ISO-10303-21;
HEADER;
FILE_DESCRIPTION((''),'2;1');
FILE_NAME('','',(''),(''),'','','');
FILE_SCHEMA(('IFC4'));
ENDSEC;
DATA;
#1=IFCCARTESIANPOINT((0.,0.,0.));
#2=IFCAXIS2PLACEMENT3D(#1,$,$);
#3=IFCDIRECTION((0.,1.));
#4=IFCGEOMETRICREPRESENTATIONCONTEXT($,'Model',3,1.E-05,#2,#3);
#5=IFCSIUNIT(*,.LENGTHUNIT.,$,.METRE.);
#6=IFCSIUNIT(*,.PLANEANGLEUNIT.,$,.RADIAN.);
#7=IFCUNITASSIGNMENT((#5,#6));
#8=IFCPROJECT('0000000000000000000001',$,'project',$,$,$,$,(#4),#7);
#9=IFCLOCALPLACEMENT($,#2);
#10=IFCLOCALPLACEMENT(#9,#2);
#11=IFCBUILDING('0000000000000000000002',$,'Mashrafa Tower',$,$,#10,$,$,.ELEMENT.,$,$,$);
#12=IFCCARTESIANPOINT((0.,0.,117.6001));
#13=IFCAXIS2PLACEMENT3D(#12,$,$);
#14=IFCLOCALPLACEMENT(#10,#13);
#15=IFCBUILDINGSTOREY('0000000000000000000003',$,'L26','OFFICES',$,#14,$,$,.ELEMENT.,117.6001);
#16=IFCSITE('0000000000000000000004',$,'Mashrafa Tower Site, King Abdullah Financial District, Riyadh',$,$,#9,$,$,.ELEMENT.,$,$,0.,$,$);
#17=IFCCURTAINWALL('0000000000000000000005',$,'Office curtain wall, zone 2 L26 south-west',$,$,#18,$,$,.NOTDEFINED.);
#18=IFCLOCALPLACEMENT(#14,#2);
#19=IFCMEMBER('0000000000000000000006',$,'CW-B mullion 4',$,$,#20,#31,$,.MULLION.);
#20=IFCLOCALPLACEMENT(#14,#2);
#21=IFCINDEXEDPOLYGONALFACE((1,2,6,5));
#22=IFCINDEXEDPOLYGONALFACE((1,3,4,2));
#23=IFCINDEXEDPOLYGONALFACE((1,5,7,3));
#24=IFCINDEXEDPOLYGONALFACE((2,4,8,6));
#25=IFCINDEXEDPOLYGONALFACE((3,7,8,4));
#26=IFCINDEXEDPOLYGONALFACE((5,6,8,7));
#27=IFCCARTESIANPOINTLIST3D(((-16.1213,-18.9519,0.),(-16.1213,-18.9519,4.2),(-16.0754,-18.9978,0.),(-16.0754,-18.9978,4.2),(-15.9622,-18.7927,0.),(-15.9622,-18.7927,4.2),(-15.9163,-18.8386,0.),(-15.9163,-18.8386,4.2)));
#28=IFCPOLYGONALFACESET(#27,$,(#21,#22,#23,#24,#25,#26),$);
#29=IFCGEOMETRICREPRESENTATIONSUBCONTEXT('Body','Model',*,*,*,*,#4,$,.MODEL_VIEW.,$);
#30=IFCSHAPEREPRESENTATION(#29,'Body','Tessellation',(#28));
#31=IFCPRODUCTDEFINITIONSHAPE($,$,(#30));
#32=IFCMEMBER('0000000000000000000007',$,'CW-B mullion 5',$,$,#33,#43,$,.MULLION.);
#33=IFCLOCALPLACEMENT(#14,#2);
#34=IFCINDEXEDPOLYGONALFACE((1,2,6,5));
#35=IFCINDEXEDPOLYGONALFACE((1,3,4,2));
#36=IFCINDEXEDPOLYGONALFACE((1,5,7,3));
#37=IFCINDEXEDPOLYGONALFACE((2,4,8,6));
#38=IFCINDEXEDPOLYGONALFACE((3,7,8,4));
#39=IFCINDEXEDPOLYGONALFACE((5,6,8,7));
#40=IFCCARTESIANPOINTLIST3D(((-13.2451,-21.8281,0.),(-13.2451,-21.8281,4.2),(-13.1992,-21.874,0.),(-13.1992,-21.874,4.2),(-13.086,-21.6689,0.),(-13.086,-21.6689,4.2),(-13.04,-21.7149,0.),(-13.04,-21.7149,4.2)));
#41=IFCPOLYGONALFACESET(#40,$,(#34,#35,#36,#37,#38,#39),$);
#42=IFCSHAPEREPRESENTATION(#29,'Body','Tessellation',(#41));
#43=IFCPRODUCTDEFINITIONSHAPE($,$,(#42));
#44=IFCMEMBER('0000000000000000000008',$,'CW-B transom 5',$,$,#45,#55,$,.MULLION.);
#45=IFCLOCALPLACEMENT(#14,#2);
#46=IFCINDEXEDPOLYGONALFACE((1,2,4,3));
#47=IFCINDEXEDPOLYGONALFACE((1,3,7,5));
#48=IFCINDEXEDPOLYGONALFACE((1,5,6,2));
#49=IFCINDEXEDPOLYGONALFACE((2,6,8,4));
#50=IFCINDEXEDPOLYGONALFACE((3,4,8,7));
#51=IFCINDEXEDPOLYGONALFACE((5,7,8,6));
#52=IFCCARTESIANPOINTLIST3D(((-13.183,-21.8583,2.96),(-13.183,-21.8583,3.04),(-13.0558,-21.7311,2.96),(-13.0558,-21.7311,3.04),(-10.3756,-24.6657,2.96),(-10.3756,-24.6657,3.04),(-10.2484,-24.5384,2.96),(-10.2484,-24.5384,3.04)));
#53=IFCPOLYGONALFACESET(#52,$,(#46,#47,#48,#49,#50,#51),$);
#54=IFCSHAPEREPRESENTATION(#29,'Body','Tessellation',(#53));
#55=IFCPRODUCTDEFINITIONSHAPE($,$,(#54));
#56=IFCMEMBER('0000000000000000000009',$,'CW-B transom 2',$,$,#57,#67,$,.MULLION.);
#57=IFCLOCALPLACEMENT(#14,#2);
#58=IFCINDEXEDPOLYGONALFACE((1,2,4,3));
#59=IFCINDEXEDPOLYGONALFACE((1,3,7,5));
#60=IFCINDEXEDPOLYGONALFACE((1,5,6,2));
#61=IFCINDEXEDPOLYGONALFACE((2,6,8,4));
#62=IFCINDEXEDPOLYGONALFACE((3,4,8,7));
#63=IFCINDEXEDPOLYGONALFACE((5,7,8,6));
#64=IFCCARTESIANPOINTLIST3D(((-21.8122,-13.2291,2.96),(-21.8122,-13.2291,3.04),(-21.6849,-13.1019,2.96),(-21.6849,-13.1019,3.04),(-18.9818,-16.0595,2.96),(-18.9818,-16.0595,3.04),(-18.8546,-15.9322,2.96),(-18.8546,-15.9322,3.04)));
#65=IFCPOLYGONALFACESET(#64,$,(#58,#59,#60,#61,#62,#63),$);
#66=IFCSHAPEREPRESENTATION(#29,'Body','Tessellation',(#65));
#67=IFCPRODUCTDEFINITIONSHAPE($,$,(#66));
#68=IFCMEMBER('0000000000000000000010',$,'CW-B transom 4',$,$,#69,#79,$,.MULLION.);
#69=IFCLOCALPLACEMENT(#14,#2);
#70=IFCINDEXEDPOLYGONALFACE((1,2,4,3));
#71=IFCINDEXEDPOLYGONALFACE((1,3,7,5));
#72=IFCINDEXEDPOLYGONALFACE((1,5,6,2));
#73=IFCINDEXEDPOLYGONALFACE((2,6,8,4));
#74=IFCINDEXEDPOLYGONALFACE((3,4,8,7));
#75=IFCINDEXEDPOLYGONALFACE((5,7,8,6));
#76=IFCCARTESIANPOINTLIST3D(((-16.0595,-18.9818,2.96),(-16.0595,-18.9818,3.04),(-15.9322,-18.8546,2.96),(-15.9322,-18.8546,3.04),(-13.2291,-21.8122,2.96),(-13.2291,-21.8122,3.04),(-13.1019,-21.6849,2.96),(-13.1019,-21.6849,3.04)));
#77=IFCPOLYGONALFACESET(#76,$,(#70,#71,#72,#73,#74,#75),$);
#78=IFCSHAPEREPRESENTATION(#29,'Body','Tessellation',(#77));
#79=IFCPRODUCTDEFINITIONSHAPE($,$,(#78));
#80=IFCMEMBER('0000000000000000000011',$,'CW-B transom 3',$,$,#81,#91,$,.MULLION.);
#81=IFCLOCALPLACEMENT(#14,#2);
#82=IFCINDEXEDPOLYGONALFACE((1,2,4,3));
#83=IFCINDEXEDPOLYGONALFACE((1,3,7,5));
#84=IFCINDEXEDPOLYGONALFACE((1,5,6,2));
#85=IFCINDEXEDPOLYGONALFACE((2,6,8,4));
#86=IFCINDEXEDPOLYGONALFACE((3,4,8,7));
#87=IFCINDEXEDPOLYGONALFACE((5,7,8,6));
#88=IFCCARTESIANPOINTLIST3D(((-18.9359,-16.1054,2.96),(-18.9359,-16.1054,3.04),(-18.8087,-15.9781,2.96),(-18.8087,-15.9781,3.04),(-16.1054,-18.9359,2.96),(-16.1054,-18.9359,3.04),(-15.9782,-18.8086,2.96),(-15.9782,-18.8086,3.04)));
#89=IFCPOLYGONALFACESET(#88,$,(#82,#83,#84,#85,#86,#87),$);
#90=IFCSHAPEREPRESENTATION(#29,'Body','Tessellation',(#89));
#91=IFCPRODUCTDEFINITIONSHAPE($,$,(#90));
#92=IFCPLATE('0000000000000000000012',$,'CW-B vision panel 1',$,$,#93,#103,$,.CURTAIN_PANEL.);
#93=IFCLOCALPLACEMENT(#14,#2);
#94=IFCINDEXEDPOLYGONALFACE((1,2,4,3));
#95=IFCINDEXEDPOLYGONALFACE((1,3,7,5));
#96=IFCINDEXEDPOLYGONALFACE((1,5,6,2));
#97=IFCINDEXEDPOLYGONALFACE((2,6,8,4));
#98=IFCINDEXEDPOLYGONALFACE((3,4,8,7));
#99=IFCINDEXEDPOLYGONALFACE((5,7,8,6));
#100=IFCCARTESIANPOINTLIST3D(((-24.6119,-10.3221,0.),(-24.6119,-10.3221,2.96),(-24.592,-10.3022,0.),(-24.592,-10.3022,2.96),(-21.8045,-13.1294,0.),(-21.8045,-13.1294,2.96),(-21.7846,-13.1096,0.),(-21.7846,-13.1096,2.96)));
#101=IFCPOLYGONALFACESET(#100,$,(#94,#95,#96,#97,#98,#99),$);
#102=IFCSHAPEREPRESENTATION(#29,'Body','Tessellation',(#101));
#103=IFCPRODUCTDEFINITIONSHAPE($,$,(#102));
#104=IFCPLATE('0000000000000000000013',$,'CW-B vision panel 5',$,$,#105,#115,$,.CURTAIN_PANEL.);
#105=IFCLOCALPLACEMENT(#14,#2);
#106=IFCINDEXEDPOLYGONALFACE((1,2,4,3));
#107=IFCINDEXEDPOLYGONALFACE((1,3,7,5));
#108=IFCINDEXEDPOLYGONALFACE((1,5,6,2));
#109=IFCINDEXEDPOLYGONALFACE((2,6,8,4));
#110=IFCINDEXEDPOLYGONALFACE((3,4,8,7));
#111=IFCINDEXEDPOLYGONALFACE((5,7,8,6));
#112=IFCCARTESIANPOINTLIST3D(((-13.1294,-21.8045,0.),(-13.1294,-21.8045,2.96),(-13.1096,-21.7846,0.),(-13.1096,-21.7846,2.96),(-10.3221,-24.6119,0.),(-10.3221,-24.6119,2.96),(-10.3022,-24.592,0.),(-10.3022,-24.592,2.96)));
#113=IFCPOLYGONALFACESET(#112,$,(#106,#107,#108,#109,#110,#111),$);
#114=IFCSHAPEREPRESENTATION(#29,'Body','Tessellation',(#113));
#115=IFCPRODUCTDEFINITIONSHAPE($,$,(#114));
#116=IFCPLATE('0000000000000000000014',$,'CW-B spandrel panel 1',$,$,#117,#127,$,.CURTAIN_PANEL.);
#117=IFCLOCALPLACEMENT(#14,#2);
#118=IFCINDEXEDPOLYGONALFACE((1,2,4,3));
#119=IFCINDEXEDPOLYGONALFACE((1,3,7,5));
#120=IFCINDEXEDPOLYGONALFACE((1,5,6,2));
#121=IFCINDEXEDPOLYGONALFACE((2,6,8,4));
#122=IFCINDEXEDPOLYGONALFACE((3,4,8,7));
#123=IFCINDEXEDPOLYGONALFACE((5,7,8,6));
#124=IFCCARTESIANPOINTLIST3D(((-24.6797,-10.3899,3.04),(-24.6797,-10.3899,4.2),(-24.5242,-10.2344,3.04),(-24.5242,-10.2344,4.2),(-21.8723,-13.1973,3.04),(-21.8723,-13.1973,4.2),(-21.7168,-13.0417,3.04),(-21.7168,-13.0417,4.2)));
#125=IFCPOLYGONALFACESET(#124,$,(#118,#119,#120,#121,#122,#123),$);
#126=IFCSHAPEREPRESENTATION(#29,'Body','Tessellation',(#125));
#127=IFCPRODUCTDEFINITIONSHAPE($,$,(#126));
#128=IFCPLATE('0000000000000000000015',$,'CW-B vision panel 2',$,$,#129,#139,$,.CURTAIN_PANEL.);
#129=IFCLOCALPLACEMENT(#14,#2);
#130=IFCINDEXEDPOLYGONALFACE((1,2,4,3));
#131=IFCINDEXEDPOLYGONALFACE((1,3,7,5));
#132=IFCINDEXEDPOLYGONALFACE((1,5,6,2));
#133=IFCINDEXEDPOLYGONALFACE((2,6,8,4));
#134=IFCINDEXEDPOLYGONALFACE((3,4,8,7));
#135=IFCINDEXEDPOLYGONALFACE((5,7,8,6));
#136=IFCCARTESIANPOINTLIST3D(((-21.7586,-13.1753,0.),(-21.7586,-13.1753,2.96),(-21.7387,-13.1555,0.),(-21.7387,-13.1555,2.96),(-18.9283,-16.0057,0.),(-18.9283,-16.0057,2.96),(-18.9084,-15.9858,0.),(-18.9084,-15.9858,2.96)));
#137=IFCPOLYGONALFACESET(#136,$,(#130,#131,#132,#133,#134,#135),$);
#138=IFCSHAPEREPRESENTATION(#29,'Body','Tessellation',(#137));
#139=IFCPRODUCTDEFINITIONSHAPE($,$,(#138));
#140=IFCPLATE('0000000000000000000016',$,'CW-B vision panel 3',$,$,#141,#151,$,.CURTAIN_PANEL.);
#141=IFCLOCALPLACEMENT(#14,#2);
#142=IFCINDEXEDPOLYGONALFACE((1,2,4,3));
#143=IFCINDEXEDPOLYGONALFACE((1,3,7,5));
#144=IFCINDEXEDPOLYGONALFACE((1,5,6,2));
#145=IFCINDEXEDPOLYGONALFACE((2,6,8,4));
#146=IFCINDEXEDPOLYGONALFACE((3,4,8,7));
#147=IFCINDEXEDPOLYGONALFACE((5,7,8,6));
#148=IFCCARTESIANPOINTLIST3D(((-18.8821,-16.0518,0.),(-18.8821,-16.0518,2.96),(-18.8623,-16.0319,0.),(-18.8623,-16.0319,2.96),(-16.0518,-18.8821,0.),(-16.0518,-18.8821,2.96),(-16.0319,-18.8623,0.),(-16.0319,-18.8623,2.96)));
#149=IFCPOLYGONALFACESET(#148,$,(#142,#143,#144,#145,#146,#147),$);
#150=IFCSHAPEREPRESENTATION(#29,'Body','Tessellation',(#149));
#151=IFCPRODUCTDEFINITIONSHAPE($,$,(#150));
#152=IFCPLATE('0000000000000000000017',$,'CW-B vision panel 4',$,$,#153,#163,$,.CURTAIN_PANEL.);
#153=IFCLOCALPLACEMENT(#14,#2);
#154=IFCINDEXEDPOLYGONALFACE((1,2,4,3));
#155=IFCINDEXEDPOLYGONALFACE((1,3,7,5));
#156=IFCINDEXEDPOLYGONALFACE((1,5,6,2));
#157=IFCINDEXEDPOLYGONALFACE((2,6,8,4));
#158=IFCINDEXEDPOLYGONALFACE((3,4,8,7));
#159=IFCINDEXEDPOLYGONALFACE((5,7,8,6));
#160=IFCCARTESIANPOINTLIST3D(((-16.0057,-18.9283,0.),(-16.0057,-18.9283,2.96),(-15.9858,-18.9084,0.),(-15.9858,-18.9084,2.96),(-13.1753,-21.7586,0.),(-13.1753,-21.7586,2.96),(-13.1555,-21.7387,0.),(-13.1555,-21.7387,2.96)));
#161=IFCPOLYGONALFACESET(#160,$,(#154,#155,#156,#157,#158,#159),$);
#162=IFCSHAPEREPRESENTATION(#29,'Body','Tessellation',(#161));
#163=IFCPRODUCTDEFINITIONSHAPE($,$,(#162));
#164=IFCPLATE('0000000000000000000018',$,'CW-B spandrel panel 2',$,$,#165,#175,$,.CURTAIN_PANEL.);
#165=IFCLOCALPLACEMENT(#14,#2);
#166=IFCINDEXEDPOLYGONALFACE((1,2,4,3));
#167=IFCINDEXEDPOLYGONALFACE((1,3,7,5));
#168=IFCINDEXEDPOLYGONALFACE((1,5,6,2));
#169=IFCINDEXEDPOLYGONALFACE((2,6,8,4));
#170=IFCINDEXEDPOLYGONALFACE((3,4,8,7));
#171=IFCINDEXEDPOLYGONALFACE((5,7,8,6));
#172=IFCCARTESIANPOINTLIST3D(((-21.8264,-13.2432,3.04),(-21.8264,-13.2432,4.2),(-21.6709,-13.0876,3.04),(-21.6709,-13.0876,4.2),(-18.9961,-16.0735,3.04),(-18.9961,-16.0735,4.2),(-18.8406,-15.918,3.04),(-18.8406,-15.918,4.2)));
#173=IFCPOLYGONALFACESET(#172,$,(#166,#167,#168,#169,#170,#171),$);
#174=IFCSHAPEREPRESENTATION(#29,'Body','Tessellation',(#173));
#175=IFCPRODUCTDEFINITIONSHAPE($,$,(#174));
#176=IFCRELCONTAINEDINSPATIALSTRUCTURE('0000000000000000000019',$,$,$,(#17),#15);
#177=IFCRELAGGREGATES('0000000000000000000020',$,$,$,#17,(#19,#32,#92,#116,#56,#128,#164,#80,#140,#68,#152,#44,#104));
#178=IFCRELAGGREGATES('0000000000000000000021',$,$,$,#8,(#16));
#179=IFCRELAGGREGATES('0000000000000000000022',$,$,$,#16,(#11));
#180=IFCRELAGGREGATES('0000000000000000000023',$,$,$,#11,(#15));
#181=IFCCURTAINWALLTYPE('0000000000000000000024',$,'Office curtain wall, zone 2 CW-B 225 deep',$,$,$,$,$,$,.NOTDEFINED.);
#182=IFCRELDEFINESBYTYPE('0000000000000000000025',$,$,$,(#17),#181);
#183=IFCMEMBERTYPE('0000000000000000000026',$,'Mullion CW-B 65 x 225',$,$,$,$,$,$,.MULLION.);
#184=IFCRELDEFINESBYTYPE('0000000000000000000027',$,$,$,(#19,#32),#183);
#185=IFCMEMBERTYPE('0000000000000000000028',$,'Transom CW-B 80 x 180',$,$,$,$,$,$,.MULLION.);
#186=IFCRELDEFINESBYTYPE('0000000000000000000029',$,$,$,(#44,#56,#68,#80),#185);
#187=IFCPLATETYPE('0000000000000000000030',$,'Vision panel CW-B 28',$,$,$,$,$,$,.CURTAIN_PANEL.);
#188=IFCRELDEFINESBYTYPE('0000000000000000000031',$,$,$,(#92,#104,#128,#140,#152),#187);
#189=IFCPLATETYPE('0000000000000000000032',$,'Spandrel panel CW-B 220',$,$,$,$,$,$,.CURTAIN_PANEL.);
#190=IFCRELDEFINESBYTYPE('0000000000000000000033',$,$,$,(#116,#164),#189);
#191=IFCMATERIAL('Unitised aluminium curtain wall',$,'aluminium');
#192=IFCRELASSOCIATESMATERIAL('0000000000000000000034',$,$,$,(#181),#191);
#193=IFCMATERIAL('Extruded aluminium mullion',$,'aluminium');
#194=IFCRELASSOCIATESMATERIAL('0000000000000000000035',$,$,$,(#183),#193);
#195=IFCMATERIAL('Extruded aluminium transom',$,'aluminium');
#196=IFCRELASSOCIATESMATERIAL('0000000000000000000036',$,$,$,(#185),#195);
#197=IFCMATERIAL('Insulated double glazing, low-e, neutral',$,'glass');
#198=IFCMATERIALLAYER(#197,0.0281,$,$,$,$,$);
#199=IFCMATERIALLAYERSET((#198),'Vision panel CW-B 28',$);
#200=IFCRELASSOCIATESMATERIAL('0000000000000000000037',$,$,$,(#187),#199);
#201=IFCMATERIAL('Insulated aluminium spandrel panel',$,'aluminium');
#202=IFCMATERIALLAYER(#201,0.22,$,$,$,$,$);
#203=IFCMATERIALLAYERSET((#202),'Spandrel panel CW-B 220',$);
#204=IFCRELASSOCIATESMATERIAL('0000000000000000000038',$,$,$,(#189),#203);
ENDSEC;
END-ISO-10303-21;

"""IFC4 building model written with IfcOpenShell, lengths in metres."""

from ifc_helpers import new_model, si_unit, direction, frame, origin, origin_2d, place, context, subcontext, project, spatial, rectangle, extrude, source, transform, mapped, material, layer, layer_set, material_profile, profile_set, type_object, type_shapes, element, aggregate, save


model = new_model("IFC4")

# Units and contexts
model_context = context("Model", 3, precision=1e-05, world=origin(), true_north=direction((0.0, 1.0)))
body_context = subcontext(model_context, "Body", "Model", "MODEL_VIEW")
ifc_project = project(units=[si_unit("LENGTHUNIT", "METRE"), si_unit("PLANEANGLEUNIT", "RADIAN")], contexts=[model_context])

# Site, building, storey
site_placement = place(None, origin())
site = spatial("IfcSite", under=ifc_project, at=site_placement, Name="Mashrafa Tower Site, King Abdullah Financial District, Riyadh", CompositionType="ELEMENT", RefElevation=0.0)
building_placement = place(site_placement, origin())
building = spatial("IfcBuilding", under=site, at=building_placement, Name="Mashrafa Tower", CompositionType="ELEMENT")
storey_placement = place(building_placement, frame((0.0, 0.0, 117.6001)))
storey = spatial("IfcBuildingStorey", under=building, at=storey_placement, Name="L26", Description="OFFICES", CompositionType="ELEMENT", Elevation=117.6001)

# Curtain wall, members, plates
ifc_material_1 = material(Name="Unitised aluminium curtain wall", Category="aluminium")
curtain_wall_type = type_object("IfcCurtainWallType", Name="Office curtain wall, zone 2 CW-B 225 deep", PredefinedType="NOTDEFINED", material=ifc_material_1)
curtain_wall_placement = place(storey_placement, origin())
curtain_wall = element("IfcCurtainWall", 1, at=curtain_wall_placement, inside=storey, type_object=curtain_wall_type, Name="Office curtain wall, zone 2 L26 south-west", PredefinedType="NOTDEFINED")
ifc_material_2 = material(Name="Extruded aluminium mullion", Category="aluminium")
ifc_material_profile_1 = material_profile(ifc_material_2, rectangle(XDim=0.2251, YDim=0.0649, at=origin_2d()), Name="Mullion 65x225")
ifc_profile_set_1 = profile_set([ifc_material_profile_1], Name="Extruded aluminium mullion")
member_type_1 = type_object("IfcMemberType", Name="Mullion CW-B 65 x 225", PredefinedType="MULLION", material=ifc_profile_set_1)
shared_shape_1 = source(origin(), body_context, "Body", "SweptSolid", [
    extrude(rectangle(XDim=0.2251, YDim=0.0649, at=origin_2d()), origin(), (0.0, 0.0, 1.0), 4.2),
])
type_shapes(member_type_1, [shared_shape_1])
member_1_placement = place(storey_placement, frame((-16.0188, -18.8953, 0.0), z_axis=(0.0, 0.0, 1.0), x_axis=(0.707107, 0.707107, 0.0)))
member_1 = element("IfcMember", 2, at=member_1_placement, type_object=member_type_1, Name="CW-B mullion 4", PredefinedType="MULLION", context=body_context, shape_type="MappedRepresentation", body=[
    mapped(shared_shape_1, transform((0.0, 0.0, 0.0))),
])
member_2_placement = place(storey_placement, frame((-13.1426, -21.7715, 0.0), z_axis=(0.0, 0.0, 1.0), x_axis=(0.707107, 0.707107, 0.0)))
member_2 = element("IfcMember", 3, at=member_2_placement, type_object=member_type_1, Name="CW-B mullion 5", PredefinedType="MULLION", context=body_context, shape_type="MappedRepresentation", body=[
    mapped(shared_shape_1, transform((0.0, 0.0, 0.0))),
])
ifc_material_3 = material(Name="Extruded aluminium transom", Category="aluminium")
ifc_material_profile_2 = material_profile(ifc_material_3, rectangle(XDim=0.1799, YDim=0.0801, at=origin_2d()), Name="Transom 80x180")
ifc_profile_set_2 = profile_set([ifc_material_profile_2], Name="Extruded aluminium transom")
member_type_2 = type_object("IfcMemberType", Name="Transom CW-B 80 x 180", PredefinedType="MULLION", material=ifc_profile_set_2)
shared_shape_2 = source(origin(), body_context, "Body", "SweptSolid", [
    extrude(rectangle(XDim=0.1799, YDim=0.0801, at=origin_2d()), origin(), (0.0, 0.0, 1.0), 3.9702),
])
member_3_placement = place(storey_placement, frame((-13.1194, -21.7947, 3.0), z_axis=(0.707107, -0.707107, 0.0), x_axis=(0.707107, 0.707107, 0.0)))
member_3 = element("IfcMember", 4, at=member_3_placement, type_object=member_type_2, Name="CW-B transom 5", PredefinedType="MULLION", context=body_context, shape_type="MappedRepresentation", body=[
    mapped(shared_shape_2, transform((0.0, 0.0, 0.0))),
])
shared_shape_3 = source(origin(), body_context, "Body", "SweptSolid", [
    extrude(rectangle(XDim=0.1799, YDim=0.0801, at=origin_2d()), origin(), (0.0, 0.0, 1.0), 4.0027),
])
member_4_placement = place(storey_placement, frame((-21.7485, -13.1655, 3.0), z_axis=(0.707107, -0.707107, 0.0), x_axis=(0.707107, 0.707107, 0.0)))
member_4 = element("IfcMember", 5, at=member_4_placement, type_object=member_type_2, Name="CW-B transom 2", PredefinedType="MULLION", context=body_context, shape_type="MappedRepresentation", body=[
    mapped(shared_shape_3, transform((0.0, 0.0, 0.0))),
])
member_5_placement = place(storey_placement, frame((-15.9958, -18.9182, 3.0), z_axis=(0.707107, -0.707107, 0.0), x_axis=(0.707107, 0.707107, 0.0)))
member_5 = element("IfcMember", 6, at=member_5_placement, type_object=member_type_2, Name="CW-B transom 4", PredefinedType="MULLION", context=body_context, shape_type="MappedRepresentation", body=[
    mapped(shared_shape_3, transform((0.0, 0.0, 0.0))),
])
shared_shape_4 = source(origin(), body_context, "Body", "SweptSolid", [
    extrude(rectangle(XDim=0.1799, YDim=0.0801, at=origin_2d()), origin(), (0.0, 0.0, 1.0), 4.0029),
])
type_shapes(member_type_2, [shared_shape_2, shared_shape_3, shared_shape_4])
member_6_placement = place(storey_placement, frame((-18.8723, -16.0417, 3.0), z_axis=(0.707107, -0.707107, 0.0), x_axis=(0.707107, 0.707107, 0.0)))
member_6 = element("IfcMember", 7, at=member_6_placement, type_object=member_type_2, Name="CW-B transom 3", PredefinedType="MULLION", context=body_context, shape_type="MappedRepresentation", body=[
    mapped(shared_shape_4, transform((0.0, 0.0, 0.0))),
])
ifc_material_4 = material(Name="Insulated double glazing, low-e, neutral", Category="glass")
ifc_layer_1 = layer(ifc_material_4, 0.0281)
ifc_layer_set_1 = layer_set([ifc_layer_1], Name="Vision panel CW-B 28")
plate_type_1 = type_object("IfcPlateType", Name="Vision panel CW-B 28", PredefinedType="CURTAIN_PANEL", material=ifc_layer_set_1)
shared_shape_5 = source(origin(), body_context, "Body", "SweptSolid", [
    extrude(rectangle(XDim=3.9702, YDim=0.0281, at=origin_2d()), origin(), (0.0, 0.0, 1.0), 2.96),
])
plate_1_placement = place(storey_placement, frame((-23.1982, -11.7158, 0.0), z_axis=(0.0, 0.0, 1.0), x_axis=(0.707107, -0.707107, 0.0)))
plate_1 = element("IfcPlate", 8, at=plate_1_placement, type_object=plate_type_1, Name="CW-B vision panel 1", PredefinedType="CURTAIN_PANEL", context=body_context, shape_type="MappedRepresentation", body=[
    mapped(shared_shape_5, transform((0.0, 0.0, 0.0))),
])
plate_2_placement = place(storey_placement, frame((-11.7158, -23.1982, 0.0), z_axis=(0.0, 0.0, 1.0), x_axis=(0.707107, -0.707107, 0.0)))
plate_2 = element("IfcPlate", 9, at=plate_2_placement, type_object=plate_type_1, Name="CW-B vision panel 5", PredefinedType="CURTAIN_PANEL", context=body_context, shape_type="MappedRepresentation", body=[
    mapped(shared_shape_5, transform((0.0, 0.0, 0.0))),
])
ifc_material_5 = material(Name="Insulated aluminium spandrel panel", Category="aluminium")
ifc_layer_2 = layer(ifc_material_5, 0.22)
ifc_layer_set_2 = layer_set([ifc_layer_2], Name="Spandrel panel CW-B 220")
plate_type_2 = type_object("IfcPlateType", Name="Spandrel panel CW-B 220", PredefinedType="CURTAIN_PANEL", material=ifc_layer_set_2)
shared_shape_6 = source(origin(), body_context, "Body", "SweptSolid", [
    extrude(rectangle(XDim=3.9702, YDim=0.22, at=origin_2d()), origin(), (0.0, 0.0, 1.0), 1.1599),
])
plate_3_placement = place(storey_placement, frame((-23.1982, -11.7158, 3.04), z_axis=(0.0, 0.0, 1.0), x_axis=(0.707107, -0.707107, 0.0)))
plate_3 = element("IfcPlate", 10, at=plate_3_placement, type_object=plate_type_2, Name="CW-B spandrel panel 1", PredefinedType="CURTAIN_PANEL", context=body_context, shape_type="MappedRepresentation", body=[
    mapped(shared_shape_6, transform((0.0, 0.0, 0.0))),
])
shared_shape_7 = source(origin(), body_context, "Body", "SweptSolid", [
    extrude(rectangle(XDim=4.0027, YDim=0.0281, at=origin_2d()), origin(), (0.0, 0.0, 1.0), 2.96),
])
type_shapes(plate_type_1, [shared_shape_5, shared_shape_7])
plate_4_placement = place(storey_placement, frame((-20.3335, -14.5806, 0.0), z_axis=(0.0, 0.0, 1.0), x_axis=(0.707107, -0.707107, 0.0)))
plate_4 = element("IfcPlate", 11, at=plate_4_placement, type_object=plate_type_1, Name="CW-B vision panel 2", PredefinedType="CURTAIN_PANEL", context=body_context, shape_type="MappedRepresentation", body=[
    mapped(shared_shape_7, transform((0.0, 0.0, 0.0))),
])
plate_5_placement = place(storey_placement, frame((-17.457, -17.457, 0.0), z_axis=(0.0, 0.0, 1.0), x_axis=(0.707107, -0.707107, 0.0)))
plate_5 = element("IfcPlate", 12, at=plate_5_placement, type_object=plate_type_1, Name="CW-B vision panel 3", PredefinedType="CURTAIN_PANEL", context=body_context, shape_type="MappedRepresentation", body=[
    mapped(shared_shape_7, transform((0.0, 0.0, 0.0))),
])
plate_6_placement = place(storey_placement, frame((-14.5806, -20.3335, 0.0), z_axis=(0.0, 0.0, 1.0), x_axis=(0.707107, -0.707107, 0.0)))
plate_6 = element("IfcPlate", 13, at=plate_6_placement, type_object=plate_type_1, Name="CW-B vision panel 4", PredefinedType="CURTAIN_PANEL", context=body_context, shape_type="MappedRepresentation", body=[
    mapped(shared_shape_7, transform((0.0, 0.0, 0.0))),
])
shared_shape_8 = source(origin(), body_context, "Body", "SweptSolid", [
    extrude(rectangle(XDim=4.0027, YDim=0.22, at=origin_2d()), origin(), (0.0, 0.0, 1.0), 1.1599),
])
type_shapes(plate_type_2, [shared_shape_6, shared_shape_8])
plate_7_placement = place(storey_placement, frame((-20.3335, -14.5806, 3.04), z_axis=(0.0, 0.0, 1.0), x_axis=(0.707107, -0.707107, 0.0)))
plate_7 = element("IfcPlate", 14, at=plate_7_placement, type_object=plate_type_2, Name="CW-B spandrel panel 2", PredefinedType="CURTAIN_PANEL", context=body_context, shape_type="MappedRepresentation", body=[
    mapped(shared_shape_8, transform((0.0, 0.0, 0.0))),
])
aggregate(curtain_wall, [member_1, member_2, plate_1, plate_3, member_4, plate_4, plate_7, member_6, plate_5, member_5, plate_6, member_3, plate_2])

save(model, "model.ifc")
